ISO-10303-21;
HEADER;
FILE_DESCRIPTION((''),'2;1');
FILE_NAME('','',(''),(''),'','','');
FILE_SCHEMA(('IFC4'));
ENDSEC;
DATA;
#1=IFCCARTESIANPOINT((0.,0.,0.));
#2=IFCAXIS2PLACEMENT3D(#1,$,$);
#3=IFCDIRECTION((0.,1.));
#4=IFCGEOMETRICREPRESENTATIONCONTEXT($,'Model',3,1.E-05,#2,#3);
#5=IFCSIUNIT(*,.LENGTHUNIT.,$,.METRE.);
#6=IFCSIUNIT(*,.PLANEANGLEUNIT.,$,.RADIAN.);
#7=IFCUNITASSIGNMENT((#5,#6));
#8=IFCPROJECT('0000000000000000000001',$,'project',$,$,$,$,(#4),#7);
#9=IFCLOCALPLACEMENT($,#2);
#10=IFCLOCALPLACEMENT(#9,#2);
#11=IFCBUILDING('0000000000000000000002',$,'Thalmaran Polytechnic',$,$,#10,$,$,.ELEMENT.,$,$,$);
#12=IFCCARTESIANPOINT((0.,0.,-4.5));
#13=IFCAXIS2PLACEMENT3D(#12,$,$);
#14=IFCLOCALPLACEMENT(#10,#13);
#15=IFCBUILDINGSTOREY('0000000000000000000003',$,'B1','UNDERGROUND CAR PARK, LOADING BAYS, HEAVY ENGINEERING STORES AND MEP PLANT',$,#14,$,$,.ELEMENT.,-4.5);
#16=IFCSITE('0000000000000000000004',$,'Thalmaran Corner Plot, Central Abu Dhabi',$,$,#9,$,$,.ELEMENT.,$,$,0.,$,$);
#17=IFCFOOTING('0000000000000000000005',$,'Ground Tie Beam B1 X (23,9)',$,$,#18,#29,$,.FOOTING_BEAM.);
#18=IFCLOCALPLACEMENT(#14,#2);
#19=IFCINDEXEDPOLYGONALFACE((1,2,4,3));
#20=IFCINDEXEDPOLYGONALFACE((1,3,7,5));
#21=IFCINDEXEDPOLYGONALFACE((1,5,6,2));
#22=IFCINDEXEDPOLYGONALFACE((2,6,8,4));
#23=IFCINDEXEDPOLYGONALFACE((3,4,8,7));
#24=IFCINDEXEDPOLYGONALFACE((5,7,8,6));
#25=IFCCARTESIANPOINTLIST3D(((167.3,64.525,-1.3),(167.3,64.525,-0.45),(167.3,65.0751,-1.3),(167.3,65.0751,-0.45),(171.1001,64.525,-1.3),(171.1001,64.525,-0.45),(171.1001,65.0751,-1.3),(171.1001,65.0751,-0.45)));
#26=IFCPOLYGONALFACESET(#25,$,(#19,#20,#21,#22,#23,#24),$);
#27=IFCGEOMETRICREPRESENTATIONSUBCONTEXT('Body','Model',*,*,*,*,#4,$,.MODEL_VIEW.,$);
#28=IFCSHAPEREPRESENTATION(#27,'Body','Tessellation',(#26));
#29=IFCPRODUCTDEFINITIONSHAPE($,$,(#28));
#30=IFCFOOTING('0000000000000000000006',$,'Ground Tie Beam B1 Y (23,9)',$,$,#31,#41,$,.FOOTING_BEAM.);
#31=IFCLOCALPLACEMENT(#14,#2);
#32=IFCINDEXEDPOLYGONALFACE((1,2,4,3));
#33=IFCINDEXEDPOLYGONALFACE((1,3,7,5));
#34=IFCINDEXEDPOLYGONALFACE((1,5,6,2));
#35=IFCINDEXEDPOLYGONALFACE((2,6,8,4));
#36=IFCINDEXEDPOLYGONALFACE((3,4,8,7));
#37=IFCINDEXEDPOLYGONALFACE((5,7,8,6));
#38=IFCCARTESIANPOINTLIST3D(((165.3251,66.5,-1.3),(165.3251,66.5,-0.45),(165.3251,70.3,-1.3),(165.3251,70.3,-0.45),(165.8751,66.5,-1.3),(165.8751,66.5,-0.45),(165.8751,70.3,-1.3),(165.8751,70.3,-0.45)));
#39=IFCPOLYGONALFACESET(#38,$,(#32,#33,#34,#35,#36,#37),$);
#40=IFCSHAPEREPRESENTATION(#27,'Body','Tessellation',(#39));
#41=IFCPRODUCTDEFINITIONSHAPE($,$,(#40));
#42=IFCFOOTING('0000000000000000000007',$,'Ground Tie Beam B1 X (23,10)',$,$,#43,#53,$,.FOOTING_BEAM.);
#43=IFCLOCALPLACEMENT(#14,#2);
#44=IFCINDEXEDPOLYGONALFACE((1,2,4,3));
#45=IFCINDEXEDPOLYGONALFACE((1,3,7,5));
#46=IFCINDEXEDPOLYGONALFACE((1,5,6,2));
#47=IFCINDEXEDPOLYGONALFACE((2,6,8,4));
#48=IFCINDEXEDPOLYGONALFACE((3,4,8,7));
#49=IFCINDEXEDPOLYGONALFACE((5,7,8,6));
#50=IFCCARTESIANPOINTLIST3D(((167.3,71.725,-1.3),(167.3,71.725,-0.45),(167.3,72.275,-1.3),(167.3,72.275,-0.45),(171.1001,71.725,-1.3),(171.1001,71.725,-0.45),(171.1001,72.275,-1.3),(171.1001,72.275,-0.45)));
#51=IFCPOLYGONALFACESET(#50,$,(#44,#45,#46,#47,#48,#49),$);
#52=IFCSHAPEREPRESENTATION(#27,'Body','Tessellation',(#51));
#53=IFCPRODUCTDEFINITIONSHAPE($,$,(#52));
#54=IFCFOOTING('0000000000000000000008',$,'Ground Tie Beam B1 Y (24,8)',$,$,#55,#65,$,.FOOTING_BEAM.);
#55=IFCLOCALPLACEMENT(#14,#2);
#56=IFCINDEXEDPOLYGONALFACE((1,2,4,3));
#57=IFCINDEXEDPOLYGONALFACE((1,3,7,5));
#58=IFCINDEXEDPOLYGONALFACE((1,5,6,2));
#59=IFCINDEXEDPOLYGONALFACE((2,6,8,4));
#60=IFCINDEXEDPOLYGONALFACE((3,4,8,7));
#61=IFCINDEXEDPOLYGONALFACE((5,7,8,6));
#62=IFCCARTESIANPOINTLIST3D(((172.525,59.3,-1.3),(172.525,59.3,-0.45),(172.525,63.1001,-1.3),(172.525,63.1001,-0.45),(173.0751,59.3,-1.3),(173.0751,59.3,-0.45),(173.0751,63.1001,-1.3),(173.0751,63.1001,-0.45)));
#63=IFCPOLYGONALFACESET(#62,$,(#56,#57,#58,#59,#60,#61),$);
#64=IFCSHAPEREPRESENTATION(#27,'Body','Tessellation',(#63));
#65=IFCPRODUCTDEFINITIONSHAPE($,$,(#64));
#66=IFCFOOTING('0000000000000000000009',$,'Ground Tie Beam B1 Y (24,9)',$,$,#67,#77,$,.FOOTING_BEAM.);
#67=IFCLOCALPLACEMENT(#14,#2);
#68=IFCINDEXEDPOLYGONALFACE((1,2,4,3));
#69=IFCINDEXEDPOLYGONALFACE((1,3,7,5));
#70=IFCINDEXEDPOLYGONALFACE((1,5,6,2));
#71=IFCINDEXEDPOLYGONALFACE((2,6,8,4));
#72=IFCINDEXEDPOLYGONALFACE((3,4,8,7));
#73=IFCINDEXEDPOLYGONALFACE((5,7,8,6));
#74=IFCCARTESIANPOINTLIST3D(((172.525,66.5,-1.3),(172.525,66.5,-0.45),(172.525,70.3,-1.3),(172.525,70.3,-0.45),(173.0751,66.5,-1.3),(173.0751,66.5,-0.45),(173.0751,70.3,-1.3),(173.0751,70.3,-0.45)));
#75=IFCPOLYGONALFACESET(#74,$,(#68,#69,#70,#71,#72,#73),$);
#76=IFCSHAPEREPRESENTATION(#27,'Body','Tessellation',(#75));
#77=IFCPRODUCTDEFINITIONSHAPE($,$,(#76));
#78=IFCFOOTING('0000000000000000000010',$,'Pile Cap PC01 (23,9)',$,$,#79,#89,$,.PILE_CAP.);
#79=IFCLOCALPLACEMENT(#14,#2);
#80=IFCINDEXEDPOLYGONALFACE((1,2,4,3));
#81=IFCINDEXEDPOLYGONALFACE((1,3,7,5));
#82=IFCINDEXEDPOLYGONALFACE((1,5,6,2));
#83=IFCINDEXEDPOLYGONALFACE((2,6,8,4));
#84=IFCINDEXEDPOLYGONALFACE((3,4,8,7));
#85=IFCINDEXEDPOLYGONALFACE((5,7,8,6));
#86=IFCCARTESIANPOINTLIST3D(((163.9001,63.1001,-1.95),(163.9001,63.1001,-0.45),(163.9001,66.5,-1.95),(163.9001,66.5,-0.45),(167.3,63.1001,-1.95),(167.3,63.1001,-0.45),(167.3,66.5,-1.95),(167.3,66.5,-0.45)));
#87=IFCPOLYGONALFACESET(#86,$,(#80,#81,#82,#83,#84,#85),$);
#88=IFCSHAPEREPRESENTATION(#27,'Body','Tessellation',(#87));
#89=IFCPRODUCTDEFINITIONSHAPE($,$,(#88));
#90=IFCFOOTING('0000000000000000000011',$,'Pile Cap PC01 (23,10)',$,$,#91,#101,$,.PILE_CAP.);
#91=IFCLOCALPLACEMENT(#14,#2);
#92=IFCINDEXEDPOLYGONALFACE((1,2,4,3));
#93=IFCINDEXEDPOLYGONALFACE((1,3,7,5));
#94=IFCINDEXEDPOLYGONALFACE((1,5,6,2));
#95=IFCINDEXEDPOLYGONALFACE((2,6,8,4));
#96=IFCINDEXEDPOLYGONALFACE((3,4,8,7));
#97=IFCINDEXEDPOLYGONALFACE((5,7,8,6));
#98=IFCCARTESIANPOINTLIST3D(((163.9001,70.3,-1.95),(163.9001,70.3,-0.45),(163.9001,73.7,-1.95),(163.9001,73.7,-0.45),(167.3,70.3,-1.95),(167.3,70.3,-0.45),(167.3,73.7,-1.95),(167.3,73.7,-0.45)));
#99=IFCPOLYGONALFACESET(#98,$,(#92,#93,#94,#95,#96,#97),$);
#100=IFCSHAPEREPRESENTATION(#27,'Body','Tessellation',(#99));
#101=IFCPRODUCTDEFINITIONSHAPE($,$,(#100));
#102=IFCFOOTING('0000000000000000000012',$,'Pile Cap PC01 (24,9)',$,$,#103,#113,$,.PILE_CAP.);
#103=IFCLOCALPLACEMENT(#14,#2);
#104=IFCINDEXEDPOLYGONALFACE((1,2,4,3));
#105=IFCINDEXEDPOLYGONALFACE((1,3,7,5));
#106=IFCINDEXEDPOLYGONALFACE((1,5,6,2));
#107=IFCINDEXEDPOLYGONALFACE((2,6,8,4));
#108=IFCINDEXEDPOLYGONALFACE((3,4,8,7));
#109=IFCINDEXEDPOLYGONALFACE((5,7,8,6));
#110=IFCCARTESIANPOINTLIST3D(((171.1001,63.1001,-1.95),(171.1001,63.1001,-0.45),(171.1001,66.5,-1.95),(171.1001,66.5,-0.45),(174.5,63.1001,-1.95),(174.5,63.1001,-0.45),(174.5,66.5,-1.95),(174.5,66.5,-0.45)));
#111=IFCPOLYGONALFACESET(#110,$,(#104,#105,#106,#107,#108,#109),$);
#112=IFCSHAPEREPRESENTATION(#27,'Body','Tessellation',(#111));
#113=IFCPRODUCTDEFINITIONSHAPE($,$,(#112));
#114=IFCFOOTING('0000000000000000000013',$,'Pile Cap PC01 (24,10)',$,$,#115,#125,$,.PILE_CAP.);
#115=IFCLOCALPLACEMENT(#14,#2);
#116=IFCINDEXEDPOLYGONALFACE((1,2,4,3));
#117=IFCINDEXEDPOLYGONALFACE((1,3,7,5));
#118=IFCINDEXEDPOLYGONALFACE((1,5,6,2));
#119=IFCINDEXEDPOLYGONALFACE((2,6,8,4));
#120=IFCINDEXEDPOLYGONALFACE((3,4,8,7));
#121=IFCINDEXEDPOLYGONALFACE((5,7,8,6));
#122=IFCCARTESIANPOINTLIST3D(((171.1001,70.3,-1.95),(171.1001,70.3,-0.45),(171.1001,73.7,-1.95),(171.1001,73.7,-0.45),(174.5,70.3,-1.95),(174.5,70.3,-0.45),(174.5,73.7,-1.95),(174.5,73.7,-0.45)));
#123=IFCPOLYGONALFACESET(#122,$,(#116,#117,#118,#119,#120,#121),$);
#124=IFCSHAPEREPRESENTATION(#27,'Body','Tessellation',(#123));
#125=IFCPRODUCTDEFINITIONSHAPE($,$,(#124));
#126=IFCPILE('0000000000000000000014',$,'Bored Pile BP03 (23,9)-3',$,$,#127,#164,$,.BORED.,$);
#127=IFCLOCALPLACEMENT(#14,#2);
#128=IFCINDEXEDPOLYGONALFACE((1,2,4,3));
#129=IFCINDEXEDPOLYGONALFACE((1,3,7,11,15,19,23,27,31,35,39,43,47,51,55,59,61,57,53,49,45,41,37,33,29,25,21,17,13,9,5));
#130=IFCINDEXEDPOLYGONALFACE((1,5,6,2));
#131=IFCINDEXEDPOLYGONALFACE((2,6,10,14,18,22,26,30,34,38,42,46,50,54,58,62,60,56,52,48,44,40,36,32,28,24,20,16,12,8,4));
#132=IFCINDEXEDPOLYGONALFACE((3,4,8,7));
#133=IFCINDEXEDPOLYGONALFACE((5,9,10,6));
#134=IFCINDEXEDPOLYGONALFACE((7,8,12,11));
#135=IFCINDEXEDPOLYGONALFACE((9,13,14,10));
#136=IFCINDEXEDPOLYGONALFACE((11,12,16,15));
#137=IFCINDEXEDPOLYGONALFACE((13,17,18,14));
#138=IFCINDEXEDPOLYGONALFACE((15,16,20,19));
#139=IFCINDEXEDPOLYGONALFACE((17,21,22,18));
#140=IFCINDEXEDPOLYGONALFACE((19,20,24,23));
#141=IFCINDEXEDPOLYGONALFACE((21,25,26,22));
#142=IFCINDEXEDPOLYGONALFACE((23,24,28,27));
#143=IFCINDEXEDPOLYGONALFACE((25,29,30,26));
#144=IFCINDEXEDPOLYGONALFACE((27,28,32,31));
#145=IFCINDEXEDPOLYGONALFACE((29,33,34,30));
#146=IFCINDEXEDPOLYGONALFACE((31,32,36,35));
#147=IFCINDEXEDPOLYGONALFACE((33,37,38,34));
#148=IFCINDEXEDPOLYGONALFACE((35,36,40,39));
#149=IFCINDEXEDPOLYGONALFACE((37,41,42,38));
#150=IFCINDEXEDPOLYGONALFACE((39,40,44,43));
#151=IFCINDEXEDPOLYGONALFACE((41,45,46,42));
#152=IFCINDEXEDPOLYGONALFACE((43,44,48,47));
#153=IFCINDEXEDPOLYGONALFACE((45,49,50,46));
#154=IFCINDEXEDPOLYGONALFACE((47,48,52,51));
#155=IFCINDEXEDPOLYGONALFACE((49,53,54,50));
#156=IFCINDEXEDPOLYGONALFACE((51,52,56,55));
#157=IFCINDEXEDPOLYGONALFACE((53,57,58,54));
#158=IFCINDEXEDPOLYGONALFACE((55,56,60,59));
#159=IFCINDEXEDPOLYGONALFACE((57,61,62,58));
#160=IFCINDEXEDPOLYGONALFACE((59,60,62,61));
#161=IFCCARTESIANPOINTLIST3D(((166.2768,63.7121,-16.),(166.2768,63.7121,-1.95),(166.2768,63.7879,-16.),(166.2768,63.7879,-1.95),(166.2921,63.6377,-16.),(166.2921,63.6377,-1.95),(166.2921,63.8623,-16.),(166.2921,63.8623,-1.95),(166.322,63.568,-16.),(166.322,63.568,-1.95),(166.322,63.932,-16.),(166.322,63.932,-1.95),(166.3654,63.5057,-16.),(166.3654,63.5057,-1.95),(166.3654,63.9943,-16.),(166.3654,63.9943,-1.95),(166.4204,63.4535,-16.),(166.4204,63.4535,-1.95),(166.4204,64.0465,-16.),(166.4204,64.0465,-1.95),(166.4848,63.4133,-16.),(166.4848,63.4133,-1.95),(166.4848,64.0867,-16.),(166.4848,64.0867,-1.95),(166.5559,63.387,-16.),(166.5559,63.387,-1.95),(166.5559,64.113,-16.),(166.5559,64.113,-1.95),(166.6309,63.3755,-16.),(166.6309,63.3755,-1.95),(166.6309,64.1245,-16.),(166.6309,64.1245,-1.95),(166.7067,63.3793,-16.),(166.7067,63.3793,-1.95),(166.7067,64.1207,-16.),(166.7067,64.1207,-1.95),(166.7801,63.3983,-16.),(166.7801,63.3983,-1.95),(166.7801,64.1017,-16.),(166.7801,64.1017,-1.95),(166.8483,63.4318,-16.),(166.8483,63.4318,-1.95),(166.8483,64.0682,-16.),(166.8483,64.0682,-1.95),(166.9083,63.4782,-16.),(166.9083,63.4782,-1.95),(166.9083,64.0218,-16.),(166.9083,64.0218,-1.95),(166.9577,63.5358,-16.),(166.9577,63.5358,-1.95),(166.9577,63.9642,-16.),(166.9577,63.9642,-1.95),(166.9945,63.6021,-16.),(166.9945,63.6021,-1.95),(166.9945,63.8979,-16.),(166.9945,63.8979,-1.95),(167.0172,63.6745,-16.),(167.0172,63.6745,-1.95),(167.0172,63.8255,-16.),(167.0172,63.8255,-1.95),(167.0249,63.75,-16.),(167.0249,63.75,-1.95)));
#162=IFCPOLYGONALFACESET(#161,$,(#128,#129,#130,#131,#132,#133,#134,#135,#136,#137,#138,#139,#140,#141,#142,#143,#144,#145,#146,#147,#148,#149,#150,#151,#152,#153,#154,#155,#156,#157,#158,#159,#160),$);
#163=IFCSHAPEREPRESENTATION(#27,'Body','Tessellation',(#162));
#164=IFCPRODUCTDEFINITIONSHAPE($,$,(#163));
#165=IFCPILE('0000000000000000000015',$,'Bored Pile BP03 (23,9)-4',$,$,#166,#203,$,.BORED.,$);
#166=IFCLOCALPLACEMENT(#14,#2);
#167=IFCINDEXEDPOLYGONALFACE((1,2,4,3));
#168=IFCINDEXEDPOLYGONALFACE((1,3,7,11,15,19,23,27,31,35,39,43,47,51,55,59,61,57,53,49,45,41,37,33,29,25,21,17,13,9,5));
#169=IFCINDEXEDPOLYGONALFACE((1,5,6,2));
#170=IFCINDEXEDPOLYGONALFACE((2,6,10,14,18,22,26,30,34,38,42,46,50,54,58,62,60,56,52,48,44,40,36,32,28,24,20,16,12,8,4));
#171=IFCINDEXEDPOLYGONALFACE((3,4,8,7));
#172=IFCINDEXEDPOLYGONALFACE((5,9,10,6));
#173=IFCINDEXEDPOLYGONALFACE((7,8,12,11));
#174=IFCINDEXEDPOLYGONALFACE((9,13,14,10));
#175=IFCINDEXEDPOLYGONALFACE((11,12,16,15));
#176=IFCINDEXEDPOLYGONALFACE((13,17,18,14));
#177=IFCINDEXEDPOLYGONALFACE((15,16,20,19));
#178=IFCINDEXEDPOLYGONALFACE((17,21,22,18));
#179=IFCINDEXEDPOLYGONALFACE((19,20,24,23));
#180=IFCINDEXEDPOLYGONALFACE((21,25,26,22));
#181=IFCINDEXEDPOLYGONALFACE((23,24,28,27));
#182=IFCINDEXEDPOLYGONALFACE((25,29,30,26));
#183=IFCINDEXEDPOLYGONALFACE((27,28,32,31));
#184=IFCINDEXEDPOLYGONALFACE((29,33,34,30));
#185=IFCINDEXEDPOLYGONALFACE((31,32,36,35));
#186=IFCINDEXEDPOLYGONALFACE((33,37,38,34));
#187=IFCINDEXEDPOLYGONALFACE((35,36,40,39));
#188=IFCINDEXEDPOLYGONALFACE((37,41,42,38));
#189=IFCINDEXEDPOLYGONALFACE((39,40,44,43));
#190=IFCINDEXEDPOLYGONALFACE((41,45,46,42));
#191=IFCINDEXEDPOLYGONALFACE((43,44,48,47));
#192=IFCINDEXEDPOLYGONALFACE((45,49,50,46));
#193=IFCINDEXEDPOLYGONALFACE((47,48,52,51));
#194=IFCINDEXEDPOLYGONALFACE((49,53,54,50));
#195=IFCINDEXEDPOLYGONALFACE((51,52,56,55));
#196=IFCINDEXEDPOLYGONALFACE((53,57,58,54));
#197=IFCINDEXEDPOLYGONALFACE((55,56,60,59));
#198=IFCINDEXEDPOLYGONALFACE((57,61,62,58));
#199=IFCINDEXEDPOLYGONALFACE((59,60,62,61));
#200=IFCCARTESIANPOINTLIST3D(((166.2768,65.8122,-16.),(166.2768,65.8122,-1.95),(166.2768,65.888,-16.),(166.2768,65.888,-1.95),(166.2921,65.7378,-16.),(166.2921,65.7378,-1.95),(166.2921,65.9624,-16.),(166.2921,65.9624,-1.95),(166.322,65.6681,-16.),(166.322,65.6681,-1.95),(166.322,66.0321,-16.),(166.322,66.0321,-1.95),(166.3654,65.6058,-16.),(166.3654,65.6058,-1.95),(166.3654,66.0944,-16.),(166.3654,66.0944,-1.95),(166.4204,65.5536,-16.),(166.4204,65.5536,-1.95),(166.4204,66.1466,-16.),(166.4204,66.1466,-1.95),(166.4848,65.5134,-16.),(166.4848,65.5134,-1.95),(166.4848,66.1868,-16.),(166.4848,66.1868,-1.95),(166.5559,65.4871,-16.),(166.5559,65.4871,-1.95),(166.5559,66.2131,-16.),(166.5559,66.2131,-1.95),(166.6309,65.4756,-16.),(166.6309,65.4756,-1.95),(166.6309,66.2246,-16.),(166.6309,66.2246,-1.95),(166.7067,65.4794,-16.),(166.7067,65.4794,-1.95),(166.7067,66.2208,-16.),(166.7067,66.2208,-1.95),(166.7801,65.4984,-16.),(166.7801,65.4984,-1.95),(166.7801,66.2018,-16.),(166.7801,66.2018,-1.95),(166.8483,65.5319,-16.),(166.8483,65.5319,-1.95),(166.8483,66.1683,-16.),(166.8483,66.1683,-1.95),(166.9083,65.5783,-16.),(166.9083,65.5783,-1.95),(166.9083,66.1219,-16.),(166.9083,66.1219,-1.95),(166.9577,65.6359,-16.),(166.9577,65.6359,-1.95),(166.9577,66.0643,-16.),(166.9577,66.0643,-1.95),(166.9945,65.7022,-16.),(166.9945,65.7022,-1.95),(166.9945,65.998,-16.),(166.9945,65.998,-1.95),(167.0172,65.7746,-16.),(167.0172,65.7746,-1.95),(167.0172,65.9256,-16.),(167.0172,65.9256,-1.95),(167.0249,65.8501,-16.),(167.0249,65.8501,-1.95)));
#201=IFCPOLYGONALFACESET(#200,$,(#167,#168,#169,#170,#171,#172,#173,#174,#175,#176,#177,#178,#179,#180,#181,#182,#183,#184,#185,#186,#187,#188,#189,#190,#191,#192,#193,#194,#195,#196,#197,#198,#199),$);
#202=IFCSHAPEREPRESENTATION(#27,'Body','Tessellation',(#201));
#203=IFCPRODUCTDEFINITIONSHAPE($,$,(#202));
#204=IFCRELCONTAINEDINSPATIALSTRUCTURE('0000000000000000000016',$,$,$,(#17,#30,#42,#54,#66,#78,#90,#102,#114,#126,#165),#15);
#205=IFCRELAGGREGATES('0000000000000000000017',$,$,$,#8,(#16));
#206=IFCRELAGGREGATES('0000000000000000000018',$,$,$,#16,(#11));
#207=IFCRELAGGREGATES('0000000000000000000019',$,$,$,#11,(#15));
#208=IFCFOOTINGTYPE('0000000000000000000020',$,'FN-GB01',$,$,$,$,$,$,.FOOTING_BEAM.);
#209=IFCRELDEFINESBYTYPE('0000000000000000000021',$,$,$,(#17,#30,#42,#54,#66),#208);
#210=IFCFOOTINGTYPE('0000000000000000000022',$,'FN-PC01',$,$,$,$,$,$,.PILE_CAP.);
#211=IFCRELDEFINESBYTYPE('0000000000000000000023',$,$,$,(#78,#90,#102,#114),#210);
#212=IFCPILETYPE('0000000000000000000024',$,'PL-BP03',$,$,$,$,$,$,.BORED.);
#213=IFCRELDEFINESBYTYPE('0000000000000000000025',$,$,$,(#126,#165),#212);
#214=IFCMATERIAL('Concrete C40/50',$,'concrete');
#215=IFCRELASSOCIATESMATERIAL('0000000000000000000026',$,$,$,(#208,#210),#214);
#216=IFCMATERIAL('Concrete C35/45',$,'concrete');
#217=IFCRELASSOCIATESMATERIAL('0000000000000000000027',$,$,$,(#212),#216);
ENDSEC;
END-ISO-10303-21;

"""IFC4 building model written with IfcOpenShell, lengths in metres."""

from ifc_helpers import new_model, si_unit, direction, frame, origin, origin_2d, place, context, subcontext, project, spatial, rectangle, circle, extrude, material, material_profile, profile_set, type_object, element, save


model = new_model("IFC4")

# Units and contexts
model_context = context("Model", 3, precision=1e-05, world=origin(), true_north=direction((0.0, 1.0)))
body_context = subcontext(model_context, "Body", "Model", "MODEL_VIEW")
ifc_project = project(units=[si_unit("LENGTHUNIT", "METRE"), si_unit("PLANEANGLEUNIT", "RADIAN")], contexts=[model_context])

# Site, building, storey
site_placement = place(None, origin())
site = spatial("IfcSite", under=ifc_project, at=site_placement, Name="Thalmaran Corner Plot, Central Abu Dhabi", CompositionType="ELEMENT", RefElevation=0.0)
building_placement = place(site_placement, origin())
building = spatial("IfcBuilding", under=site, at=building_placement, Name="Thalmaran Polytechnic", CompositionType="ELEMENT")
storey_placement = place(building_placement, frame((0.0, 0.0, -4.5)))
storey = spatial("IfcBuildingStorey", under=building, at=storey_placement, Name="B1", Description="UNDERGROUND CAR PARK, LOADING BAYS, HEAVY ENGINEERING STORES AND MEP PLANT", CompositionType="ELEMENT", Elevation=-4.5)

# Footings
ifc_material_1 = material(Name="Concrete C40/50", Category="concrete")
ifc_material_profile_1 = material_profile(ifc_material_1, rectangle(XDim=0.55, YDim=0.8501, at=origin_2d()), Name="RC 550x850")
ifc_profile_set_1 = profile_set([ifc_material_profile_1], Name="Concrete C40/50")
footing_type_1 = type_object("IfcFootingType", Name="FN-GB01", PredefinedType="FOOTING_BEAM", material=ifc_profile_set_1)
for number, where, z_axis, x_axis, name in (
    (1, (167.3, 64.8, -0.875), (1.0, 0.0, 0.0), (0.0, 1.0, 0.0), "Ground Tie Beam B1 X (23,9)"),
    (2, (165.6001, 66.5, -0.875), (0.0, 1.0, 0.0), (-1.0, 0.0, 0.0), "Ground Tie Beam B1 Y (23,9)"),
    (3, (167.3, 72.0, -0.875), (1.0, 0.0, 0.0), (0.0, 1.0, 0.0), "Ground Tie Beam B1 X (23,10)"),
    (4, (172.8, 59.3, -0.875), (0.0, 1.0, 0.0), (-1.0, 0.0, 0.0), "Ground Tie Beam B1 Y (24,8)"),
    (5, (172.8, 66.5, -0.875), (0.0, 1.0, 0.0), (-1.0, 0.0, 0.0), "Ground Tie Beam B1 Y (24,9)"),
):
    element("IfcFooting", number, at=place(storey_placement, frame(where, z_axis=z_axis, x_axis=x_axis)), inside=storey, type_object=footing_type_1, Name=name, PredefinedType="FOOTING_BEAM", context=body_context, shape_type="SweptSolid", body=[
        extrude(rectangle(XDim=0.55, YDim=0.8501, at=origin_2d()), origin(), (0.0, 0.0, 1.0), 3.8),
    ])
footing_type_2 = type_object("IfcFootingType", Name="FN-PC01", PredefinedType="PILE_CAP", material=ifc_material_1)
for number, where, z_axis, x_axis, name in (
    (6, (165.6001, 64.8, -1.95), (0.0, 0.0, 1.0), (1.0, 0.0, 0.0), "Pile Cap PC01 (23,9)"),
    (7, (165.6001, 72.0, -1.95), (0.0, 0.0, 1.0), (1.0, 0.0, 0.0), "Pile Cap PC01 (23,10)"),
    (8, (172.8, 64.8, -1.95), (0.0, 0.0, 1.0), (1.0, 0.0, 0.0), "Pile Cap PC01 (24,9)"),
    (9, (172.8, 72.0, -1.95), (0.0, 0.0, 1.0), (1.0, 0.0, 0.0), "Pile Cap PC01 (24,10)"),
):
    element("IfcFooting", number, at=place(storey_placement, frame(where, z_axis=z_axis, x_axis=x_axis)), inside=storey, type_object=footing_type_2, Name=name, PredefinedType="PILE_CAP", context=body_context, shape_type="SweptSolid", body=[
        extrude(rectangle(XDim=3.3999, YDim=3.3999, at=origin_2d()), origin(), (0.0, 0.0, 1.0), 1.5),
    ])

# Piles
ifc_material_2 = material(Name="Concrete C35/45", Category="concrete")
ifc_material_profile_2 = material_profile(ifc_material_2, circle(Radius=0.375, at=origin_2d()), Name="RC 750 DIA")
ifc_profile_set_2 = profile_set([ifc_material_profile_2], Name="Concrete C35/45")
pile_type = type_object("IfcPileType", Name="PL-BP03", PredefinedType="BORED", material=ifc_profile_set_2)
for number, where, z_axis, x_axis, name in (
    (10, (166.6499, 63.75, -1.95), (0.0, 0.0, -1.0), (1.0, 0.0, 0.0), "Bored Pile BP03 (23,9)-3"),
    (11, (166.6499, 65.8501, -1.95), (0.0, 0.0, -1.0), (1.0, 0.0, 0.0), "Bored Pile BP03 (23,9)-4"),
):
    element("IfcPile", number, at=place(storey_placement, frame(where, z_axis=z_axis, x_axis=x_axis)), inside=storey, type_object=pile_type, Name=name, PredefinedType="BORED", context=body_context, shape_type="SweptSolid", body=[
        extrude(circle(Radius=0.375, at=origin_2d()), origin(), (0.0, 0.0, 1.0), 14.05),
    ])

save(model, "model.ifc")
